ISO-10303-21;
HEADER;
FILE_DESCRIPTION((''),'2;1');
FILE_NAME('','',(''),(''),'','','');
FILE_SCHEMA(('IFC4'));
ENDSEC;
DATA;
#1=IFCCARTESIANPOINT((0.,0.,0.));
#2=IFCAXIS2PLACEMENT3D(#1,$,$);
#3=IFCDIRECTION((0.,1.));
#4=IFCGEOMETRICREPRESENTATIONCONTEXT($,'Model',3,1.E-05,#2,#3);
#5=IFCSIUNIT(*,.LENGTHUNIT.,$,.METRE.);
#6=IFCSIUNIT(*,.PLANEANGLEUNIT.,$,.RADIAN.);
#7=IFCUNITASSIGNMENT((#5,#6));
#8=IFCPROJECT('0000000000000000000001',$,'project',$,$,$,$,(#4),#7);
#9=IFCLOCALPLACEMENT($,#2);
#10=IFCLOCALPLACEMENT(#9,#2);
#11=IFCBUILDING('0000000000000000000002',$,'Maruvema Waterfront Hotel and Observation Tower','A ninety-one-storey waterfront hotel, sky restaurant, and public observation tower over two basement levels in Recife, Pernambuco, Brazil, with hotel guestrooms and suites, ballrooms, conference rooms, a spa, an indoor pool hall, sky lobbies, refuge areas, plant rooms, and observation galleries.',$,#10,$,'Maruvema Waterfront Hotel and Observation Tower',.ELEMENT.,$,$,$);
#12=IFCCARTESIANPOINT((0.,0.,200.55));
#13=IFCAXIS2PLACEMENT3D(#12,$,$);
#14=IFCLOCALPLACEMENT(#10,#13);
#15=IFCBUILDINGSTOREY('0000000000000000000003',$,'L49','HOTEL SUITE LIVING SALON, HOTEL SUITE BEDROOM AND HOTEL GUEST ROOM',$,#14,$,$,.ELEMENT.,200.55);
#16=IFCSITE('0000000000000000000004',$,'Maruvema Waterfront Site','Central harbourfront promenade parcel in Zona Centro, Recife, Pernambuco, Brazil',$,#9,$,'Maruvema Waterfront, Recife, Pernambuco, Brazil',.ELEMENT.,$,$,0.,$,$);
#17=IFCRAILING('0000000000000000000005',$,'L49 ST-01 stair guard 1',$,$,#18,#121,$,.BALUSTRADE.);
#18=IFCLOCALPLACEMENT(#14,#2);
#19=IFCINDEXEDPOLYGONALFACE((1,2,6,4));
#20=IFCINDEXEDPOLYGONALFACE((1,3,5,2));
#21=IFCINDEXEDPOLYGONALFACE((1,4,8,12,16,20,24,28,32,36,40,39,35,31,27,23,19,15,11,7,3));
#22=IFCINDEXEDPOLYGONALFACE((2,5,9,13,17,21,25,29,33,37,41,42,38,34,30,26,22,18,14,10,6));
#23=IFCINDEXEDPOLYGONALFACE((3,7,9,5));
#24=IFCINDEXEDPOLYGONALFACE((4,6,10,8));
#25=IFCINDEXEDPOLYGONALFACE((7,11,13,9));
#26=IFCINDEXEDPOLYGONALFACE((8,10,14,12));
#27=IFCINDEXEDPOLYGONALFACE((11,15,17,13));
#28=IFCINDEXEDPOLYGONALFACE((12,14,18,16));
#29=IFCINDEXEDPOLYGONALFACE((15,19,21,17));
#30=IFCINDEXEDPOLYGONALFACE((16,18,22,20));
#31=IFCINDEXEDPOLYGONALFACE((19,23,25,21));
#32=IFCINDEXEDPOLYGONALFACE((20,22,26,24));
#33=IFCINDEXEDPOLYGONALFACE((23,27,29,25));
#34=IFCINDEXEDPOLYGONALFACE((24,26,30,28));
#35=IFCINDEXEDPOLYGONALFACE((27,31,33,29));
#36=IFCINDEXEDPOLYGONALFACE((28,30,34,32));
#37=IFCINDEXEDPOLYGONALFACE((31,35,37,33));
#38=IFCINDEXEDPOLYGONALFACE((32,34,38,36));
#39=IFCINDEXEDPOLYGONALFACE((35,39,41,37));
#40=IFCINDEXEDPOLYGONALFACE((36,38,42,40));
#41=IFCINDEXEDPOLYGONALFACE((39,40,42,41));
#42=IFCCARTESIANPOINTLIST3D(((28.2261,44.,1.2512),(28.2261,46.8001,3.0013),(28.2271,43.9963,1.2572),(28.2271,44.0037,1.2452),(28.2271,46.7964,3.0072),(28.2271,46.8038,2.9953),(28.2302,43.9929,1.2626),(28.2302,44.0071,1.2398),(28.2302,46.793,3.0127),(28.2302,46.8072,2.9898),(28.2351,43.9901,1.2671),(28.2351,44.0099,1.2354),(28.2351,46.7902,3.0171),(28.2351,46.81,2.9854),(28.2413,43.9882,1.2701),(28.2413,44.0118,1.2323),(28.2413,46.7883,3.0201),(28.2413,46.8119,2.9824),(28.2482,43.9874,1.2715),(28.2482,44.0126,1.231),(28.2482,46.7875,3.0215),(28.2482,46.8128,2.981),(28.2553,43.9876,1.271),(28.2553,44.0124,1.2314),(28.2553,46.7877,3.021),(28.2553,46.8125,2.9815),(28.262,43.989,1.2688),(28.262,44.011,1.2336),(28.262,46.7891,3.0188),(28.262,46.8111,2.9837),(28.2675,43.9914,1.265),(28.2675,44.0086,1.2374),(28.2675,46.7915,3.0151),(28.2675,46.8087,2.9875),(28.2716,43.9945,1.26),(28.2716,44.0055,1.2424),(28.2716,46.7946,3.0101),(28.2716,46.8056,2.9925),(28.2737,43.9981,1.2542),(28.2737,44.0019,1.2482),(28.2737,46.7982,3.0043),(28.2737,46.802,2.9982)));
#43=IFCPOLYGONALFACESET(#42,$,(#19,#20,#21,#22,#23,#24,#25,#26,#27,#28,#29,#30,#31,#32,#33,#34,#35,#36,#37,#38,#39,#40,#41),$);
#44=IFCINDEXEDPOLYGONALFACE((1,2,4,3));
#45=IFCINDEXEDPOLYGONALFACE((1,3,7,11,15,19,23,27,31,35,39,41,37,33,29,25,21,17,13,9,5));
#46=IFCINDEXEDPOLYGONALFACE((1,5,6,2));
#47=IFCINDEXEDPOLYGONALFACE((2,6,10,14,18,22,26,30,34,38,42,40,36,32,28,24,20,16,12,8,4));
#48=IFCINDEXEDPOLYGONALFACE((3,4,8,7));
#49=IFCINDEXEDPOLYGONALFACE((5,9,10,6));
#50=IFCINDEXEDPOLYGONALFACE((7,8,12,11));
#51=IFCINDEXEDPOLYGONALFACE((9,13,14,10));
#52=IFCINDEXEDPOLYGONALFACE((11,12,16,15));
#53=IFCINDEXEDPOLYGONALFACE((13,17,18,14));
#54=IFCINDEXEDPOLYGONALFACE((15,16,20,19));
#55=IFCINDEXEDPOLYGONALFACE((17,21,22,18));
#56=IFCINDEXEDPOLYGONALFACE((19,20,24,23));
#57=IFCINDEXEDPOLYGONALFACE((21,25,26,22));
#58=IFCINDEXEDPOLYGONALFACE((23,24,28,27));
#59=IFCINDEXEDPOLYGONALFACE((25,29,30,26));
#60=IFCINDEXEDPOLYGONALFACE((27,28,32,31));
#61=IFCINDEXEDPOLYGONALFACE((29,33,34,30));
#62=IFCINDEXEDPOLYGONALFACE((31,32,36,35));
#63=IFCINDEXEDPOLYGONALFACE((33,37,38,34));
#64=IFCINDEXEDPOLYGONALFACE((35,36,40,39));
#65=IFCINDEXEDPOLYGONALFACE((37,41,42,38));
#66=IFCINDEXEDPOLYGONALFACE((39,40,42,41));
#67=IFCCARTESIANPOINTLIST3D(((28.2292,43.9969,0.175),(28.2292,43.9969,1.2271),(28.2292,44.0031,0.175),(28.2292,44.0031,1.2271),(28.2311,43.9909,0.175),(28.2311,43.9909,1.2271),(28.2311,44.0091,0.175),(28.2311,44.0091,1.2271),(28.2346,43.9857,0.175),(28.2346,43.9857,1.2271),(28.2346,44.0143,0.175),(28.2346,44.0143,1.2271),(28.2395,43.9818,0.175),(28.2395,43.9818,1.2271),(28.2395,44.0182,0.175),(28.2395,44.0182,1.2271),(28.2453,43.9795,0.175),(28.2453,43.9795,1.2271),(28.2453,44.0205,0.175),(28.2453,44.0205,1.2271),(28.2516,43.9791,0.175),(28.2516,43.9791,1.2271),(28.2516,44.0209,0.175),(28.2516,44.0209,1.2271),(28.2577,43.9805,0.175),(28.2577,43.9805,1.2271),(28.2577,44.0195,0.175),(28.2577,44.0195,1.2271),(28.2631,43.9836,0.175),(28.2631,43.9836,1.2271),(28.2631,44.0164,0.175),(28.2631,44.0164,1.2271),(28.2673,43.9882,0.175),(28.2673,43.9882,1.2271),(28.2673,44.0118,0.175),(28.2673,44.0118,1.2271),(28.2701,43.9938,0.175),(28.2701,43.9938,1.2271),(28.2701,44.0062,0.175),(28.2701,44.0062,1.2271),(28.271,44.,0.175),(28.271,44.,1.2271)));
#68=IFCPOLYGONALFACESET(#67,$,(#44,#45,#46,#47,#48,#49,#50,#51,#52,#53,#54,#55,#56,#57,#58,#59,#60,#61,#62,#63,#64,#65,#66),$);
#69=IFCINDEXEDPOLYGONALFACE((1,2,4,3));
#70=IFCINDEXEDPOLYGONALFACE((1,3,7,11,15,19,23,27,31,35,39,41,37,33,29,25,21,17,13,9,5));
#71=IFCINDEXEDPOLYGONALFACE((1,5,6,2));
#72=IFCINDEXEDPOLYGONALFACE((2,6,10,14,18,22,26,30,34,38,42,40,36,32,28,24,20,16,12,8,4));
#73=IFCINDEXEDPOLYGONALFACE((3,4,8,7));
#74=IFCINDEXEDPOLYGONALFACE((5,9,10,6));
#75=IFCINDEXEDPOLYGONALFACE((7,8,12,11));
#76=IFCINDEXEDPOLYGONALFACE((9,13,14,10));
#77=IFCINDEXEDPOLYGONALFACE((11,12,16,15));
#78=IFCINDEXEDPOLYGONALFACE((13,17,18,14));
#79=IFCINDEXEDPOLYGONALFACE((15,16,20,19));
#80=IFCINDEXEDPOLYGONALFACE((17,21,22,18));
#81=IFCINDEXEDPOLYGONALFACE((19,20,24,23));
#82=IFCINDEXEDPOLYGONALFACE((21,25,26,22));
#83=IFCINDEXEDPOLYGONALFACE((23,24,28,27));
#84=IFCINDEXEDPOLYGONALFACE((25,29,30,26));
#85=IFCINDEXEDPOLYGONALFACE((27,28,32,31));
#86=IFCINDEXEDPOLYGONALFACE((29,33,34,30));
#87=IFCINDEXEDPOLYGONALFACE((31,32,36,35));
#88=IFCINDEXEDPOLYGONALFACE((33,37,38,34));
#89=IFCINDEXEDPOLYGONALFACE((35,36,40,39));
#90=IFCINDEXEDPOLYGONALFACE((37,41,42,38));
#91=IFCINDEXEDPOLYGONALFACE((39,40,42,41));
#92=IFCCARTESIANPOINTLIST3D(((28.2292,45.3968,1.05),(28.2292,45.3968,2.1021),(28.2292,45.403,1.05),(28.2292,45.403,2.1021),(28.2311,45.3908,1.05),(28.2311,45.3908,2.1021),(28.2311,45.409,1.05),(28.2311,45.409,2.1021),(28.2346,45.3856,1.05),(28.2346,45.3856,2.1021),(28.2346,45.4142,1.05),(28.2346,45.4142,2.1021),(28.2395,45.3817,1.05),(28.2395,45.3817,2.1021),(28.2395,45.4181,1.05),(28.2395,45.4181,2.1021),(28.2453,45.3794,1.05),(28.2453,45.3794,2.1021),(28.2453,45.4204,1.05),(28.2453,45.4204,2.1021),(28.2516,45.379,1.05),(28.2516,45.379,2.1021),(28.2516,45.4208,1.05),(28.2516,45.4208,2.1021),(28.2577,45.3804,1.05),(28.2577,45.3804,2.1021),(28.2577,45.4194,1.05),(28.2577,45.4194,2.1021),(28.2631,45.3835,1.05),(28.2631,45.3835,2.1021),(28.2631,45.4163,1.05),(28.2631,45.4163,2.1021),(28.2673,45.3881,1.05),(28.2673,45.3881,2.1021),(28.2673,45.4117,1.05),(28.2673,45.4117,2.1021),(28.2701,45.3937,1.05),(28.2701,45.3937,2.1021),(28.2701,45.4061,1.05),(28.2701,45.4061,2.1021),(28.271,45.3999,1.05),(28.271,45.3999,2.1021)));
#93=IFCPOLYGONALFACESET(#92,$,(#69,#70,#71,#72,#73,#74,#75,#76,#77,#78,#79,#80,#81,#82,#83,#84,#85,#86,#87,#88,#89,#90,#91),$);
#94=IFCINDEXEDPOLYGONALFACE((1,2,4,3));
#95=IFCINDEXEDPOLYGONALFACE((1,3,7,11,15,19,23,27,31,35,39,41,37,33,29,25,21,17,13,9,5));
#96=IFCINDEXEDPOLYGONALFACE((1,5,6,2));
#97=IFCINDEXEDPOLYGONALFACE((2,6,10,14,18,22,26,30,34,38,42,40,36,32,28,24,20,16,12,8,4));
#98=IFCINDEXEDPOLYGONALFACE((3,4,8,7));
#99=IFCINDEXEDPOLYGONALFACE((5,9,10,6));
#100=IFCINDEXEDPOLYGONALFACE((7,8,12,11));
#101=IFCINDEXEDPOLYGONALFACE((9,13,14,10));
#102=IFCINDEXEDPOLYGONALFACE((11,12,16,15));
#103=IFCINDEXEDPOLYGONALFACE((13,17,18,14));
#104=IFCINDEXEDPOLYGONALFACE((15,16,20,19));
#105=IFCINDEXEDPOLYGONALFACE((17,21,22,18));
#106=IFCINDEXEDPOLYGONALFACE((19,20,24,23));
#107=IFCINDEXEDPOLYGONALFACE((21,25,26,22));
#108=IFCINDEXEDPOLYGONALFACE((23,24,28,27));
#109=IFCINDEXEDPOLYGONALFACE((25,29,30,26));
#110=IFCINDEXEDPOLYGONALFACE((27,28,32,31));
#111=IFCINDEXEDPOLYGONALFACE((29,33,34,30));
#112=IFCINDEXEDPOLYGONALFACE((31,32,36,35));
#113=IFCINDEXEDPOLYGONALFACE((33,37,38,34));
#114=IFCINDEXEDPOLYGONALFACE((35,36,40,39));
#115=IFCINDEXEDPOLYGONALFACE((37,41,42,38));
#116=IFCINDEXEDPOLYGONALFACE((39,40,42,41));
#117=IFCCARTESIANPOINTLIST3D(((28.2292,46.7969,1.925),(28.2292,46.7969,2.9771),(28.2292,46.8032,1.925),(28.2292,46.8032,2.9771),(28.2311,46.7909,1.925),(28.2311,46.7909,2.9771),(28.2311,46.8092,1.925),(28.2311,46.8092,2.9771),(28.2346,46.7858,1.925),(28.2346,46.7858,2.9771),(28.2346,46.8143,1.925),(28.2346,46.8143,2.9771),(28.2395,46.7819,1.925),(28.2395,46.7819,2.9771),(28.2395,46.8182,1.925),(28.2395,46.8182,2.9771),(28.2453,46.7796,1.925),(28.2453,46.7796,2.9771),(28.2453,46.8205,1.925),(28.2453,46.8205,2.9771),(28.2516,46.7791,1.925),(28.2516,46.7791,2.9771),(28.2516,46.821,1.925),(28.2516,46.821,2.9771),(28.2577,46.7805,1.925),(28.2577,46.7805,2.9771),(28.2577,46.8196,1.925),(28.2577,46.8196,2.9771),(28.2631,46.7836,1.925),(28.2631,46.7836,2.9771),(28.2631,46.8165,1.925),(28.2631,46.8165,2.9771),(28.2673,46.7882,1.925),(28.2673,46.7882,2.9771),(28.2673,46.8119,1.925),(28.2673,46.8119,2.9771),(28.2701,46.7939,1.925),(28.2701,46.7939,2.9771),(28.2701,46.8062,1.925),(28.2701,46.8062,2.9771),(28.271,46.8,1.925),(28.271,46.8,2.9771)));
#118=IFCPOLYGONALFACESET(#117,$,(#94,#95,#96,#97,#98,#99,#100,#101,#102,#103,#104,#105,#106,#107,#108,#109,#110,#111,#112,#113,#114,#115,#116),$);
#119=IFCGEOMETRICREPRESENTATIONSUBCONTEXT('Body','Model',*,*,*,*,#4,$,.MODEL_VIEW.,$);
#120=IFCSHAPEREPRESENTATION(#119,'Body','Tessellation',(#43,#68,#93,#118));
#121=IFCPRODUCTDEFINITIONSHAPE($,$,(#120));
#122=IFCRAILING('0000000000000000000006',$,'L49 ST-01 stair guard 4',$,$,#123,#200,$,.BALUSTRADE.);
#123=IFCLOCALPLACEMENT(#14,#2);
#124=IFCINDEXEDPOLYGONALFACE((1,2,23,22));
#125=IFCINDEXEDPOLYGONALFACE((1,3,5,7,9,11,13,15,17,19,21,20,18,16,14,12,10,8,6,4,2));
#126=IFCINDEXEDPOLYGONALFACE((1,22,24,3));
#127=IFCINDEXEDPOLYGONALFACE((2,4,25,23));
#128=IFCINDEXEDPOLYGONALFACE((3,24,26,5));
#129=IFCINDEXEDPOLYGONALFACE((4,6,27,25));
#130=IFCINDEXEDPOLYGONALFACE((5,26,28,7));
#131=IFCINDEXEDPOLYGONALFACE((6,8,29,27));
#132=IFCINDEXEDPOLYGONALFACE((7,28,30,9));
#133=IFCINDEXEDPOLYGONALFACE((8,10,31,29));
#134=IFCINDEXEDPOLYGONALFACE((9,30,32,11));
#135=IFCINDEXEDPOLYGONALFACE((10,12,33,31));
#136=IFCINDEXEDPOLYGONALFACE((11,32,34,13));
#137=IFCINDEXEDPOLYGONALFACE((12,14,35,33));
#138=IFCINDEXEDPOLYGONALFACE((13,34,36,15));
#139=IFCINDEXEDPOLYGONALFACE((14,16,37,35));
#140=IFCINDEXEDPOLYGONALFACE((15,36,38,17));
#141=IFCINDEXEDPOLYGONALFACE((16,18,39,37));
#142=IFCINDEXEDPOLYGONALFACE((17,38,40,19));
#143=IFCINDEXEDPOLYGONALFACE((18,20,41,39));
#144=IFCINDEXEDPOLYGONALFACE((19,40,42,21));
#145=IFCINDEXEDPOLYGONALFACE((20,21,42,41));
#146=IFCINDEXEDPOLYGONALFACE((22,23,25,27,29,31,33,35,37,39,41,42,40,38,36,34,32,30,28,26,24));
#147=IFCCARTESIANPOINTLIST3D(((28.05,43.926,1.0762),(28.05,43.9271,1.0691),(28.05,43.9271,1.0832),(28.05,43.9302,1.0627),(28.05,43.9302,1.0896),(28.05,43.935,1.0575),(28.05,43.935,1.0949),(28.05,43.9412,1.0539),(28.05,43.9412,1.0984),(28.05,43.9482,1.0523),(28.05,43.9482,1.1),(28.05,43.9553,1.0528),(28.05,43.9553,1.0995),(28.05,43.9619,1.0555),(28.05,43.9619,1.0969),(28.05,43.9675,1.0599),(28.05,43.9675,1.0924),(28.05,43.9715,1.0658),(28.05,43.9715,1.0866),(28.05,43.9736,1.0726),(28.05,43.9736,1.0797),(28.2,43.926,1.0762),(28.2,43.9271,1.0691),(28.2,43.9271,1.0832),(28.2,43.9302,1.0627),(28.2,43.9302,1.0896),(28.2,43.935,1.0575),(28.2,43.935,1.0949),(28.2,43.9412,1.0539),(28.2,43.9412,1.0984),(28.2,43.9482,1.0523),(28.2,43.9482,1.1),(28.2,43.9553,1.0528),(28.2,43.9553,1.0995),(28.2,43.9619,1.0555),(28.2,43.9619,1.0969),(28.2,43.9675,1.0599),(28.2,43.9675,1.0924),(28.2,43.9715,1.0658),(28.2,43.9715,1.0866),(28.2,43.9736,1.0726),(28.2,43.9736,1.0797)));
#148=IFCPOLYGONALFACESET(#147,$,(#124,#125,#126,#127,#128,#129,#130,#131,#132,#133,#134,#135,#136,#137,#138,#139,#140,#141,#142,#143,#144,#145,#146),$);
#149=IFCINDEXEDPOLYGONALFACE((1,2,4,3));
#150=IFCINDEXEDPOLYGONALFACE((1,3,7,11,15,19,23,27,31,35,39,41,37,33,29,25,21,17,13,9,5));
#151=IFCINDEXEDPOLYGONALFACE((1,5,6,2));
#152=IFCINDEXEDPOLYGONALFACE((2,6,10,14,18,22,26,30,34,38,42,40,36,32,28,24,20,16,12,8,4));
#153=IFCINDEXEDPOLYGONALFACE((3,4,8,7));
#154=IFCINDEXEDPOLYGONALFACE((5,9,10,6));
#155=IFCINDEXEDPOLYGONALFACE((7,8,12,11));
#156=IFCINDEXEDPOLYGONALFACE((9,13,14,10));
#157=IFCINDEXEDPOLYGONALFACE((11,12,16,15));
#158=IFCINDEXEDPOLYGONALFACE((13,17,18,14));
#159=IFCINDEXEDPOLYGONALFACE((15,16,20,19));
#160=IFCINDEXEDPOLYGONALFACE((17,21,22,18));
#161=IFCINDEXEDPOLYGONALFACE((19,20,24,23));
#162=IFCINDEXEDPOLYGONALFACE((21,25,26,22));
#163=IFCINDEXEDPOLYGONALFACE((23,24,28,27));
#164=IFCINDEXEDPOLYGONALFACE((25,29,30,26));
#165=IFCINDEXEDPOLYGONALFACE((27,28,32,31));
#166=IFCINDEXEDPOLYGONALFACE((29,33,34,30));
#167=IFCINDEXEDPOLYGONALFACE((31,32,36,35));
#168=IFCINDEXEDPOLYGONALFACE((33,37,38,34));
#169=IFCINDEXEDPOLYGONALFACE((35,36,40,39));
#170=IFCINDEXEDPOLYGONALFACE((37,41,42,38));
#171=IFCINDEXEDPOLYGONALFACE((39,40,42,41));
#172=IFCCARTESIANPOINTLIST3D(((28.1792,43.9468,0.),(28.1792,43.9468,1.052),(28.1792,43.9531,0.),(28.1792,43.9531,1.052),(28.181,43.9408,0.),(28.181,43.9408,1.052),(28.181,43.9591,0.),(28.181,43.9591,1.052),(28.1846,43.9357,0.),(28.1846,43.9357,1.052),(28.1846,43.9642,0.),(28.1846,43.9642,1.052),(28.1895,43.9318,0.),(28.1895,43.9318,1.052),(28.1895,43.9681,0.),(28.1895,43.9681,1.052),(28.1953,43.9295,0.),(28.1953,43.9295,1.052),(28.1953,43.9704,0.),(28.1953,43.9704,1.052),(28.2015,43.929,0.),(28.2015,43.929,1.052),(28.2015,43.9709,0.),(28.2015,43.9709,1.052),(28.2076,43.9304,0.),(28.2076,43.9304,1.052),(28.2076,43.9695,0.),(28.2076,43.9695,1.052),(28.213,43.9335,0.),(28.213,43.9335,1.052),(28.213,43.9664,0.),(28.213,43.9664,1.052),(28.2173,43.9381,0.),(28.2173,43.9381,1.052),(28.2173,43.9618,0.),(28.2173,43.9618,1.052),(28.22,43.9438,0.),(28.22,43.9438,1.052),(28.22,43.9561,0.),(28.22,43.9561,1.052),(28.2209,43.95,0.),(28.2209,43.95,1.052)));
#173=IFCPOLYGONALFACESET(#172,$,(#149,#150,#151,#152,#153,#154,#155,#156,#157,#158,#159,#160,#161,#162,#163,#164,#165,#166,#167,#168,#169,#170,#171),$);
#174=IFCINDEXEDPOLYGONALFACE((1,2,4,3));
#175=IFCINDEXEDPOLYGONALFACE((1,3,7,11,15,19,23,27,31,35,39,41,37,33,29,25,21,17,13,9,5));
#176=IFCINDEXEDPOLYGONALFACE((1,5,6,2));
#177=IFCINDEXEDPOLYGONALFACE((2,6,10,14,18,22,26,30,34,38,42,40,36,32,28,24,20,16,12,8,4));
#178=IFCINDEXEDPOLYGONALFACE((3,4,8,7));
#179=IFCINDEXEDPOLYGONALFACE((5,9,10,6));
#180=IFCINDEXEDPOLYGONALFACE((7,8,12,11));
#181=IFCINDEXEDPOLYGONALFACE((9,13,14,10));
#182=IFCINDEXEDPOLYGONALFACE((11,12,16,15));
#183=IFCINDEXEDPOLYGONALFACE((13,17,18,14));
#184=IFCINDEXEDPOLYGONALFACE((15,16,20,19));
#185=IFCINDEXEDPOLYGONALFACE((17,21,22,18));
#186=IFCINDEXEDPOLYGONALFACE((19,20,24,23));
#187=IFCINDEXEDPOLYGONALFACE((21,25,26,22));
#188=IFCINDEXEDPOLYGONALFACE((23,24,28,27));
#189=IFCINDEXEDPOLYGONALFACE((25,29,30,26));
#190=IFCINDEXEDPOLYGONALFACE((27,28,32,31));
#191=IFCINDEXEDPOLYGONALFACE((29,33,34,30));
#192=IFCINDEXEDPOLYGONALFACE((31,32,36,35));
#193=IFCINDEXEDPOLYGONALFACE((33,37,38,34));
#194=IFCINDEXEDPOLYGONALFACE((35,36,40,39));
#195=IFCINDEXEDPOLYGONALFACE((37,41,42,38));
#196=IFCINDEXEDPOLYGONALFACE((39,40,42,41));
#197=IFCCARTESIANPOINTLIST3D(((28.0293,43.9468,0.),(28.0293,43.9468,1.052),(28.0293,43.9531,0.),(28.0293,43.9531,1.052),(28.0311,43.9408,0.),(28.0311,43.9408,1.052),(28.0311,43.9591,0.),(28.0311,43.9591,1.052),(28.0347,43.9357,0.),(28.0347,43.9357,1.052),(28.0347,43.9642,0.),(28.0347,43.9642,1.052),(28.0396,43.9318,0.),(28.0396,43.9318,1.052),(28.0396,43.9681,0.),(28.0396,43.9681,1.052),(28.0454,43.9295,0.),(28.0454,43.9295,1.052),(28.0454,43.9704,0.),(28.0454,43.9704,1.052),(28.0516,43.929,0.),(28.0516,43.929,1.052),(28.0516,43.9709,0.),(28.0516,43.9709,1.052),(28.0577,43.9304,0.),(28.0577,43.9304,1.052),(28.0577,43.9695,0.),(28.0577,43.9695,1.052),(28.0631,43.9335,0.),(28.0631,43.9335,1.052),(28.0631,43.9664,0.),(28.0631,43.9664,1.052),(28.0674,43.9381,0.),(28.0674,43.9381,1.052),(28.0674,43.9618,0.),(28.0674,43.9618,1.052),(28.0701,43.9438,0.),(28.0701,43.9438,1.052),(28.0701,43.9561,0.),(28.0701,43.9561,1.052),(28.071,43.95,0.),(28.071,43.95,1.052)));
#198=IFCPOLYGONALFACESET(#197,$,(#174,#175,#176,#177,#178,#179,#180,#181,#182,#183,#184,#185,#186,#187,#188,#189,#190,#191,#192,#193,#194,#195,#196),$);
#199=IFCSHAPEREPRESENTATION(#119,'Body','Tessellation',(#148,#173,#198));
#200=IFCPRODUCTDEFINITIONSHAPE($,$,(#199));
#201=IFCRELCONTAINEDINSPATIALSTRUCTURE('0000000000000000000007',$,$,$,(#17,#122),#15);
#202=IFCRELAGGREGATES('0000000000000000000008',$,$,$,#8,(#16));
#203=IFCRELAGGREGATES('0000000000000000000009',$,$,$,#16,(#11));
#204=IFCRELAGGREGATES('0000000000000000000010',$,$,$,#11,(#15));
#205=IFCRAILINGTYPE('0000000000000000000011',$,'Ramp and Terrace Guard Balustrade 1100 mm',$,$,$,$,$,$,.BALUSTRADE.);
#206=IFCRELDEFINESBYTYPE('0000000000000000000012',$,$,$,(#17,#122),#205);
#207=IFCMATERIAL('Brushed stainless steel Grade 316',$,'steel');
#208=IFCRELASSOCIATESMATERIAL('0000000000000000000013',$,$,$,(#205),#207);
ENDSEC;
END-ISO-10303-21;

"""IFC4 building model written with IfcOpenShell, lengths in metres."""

from ifc_helpers import new_model, si_unit, direction, frame, origin, origin_2d, place, context, subcontext, project, spatial, circle, extrude, material, type_object, element, save


model = new_model("IFC4")

# Units and contexts
model_context = context("Model", 3, precision=1e-05, world=origin(), true_north=direction((0.0, 1.0)))
body_context = subcontext(model_context, "Body", "Model", "MODEL_VIEW")
ifc_project = project(units=[si_unit("LENGTHUNIT", "METRE"), si_unit("PLANEANGLEUNIT", "RADIAN")], contexts=[model_context])

# Site, building, storey
site_placement = place(None, origin())
site = spatial("IfcSite", under=ifc_project, at=site_placement, Name="Maruvema Waterfront Site", Description="Central harbourfront promenade parcel in Zona Centro, Recife, Pernambuco, Brazil", LongName="Maruvema Waterfront, Recife, Pernambuco, Brazil", CompositionType="ELEMENT", RefElevation=0.0)
building_placement = place(site_placement, origin())
building = spatial("IfcBuilding", under=site, at=building_placement, Name="Maruvema Waterfront Hotel and Observation Tower", Description="A ninety-one-storey waterfront hotel, sky restaurant, and public observation tower over two basement levels in Recife, Pernambuco, Brazil, with hotel guestrooms and suites, ballrooms, conference rooms, a spa, an indoor pool hall, sky lobbies, refuge areas, plant rooms, and observation galleries.", LongName="Maruvema Waterfront Hotel and Observation Tower", CompositionType="ELEMENT")
storey_placement = place(building_placement, frame((0.0, 0.0, 200.55)))
storey = spatial("IfcBuildingStorey", under=building, at=storey_placement, Name="L49", Description="HOTEL SUITE LIVING SALON, HOTEL SUITE BEDROOM AND HOTEL GUEST ROOM", CompositionType="ELEMENT", Elevation=200.55)

# Railings
ifc_material_1 = material(Name="Brushed stainless steel Grade 316", Category="steel")
railing_type_1 = type_object("IfcRailingType", Name="Ramp and Terrace Guard Balustrade 1100 mm", PredefinedType="BALUSTRADE", material=ifc_material_1)
railing_1_placement = place(storey_placement, frame((28.25, 44.0, 0.175)))
element("IfcRailing", 1, at=railing_1_placement, inside=storey, type_object=railing_type_1, Name="L49 ST-01 stair guard 1", PredefinedType="BALUSTRADE", context=body_context, shape_type="SweptSolid", body=[
    extrude(circle(Radius=0.0239, at=origin_2d()), frame((0.0, 0.0, 1.0762), z_axis=(0.0, 0.848002, 0.529992), x_axis=(-1.0, 0.0, 0.0)), (0.0, 0.0, 1.0), 3.302),
    extrude(circle(Radius=0.021, at=origin_2d()), origin(), (0.0, 0.0, 1.0), 1.052),
    extrude(circle(Radius=0.021, at=origin_2d()), frame((0.0, 1.3999, 0.875)), (0.0, 0.0, 1.0), 1.052),
    extrude(circle(Radius=0.021, at=origin_2d()), frame((0.0, 2.8, 1.75)), (0.0, 0.0, 1.0), 1.052),
])
railing_2_placement = place(storey_placement, frame((28.2, 43.95, 0.0)))
element("IfcRailing", 2, at=railing_2_placement, inside=storey, type_object=railing_type_1, Name="L49 ST-01 stair guard 4", PredefinedType="BALUSTRADE", context=body_context, shape_type="SweptSolid", body=[
    extrude(circle(Radius=0.0239, at=origin_2d()), frame((0.0, 0.0, 1.0762), z_axis=(-1.0, 0.0, 0.0), x_axis=(0.0, -1.0, 0.0)), (0.0, 0.0, 1.0), 0.1499),
    extrude(circle(Radius=0.021, at=origin_2d()), origin(), (0.0, 0.0, 1.0), 1.052),
    extrude(circle(Radius=0.021, at=origin_2d()), frame((-0.1499, 0.0, 0.0)), (0.0, 0.0, 1.0), 1.052),
])

save(model, "model.ifc")
